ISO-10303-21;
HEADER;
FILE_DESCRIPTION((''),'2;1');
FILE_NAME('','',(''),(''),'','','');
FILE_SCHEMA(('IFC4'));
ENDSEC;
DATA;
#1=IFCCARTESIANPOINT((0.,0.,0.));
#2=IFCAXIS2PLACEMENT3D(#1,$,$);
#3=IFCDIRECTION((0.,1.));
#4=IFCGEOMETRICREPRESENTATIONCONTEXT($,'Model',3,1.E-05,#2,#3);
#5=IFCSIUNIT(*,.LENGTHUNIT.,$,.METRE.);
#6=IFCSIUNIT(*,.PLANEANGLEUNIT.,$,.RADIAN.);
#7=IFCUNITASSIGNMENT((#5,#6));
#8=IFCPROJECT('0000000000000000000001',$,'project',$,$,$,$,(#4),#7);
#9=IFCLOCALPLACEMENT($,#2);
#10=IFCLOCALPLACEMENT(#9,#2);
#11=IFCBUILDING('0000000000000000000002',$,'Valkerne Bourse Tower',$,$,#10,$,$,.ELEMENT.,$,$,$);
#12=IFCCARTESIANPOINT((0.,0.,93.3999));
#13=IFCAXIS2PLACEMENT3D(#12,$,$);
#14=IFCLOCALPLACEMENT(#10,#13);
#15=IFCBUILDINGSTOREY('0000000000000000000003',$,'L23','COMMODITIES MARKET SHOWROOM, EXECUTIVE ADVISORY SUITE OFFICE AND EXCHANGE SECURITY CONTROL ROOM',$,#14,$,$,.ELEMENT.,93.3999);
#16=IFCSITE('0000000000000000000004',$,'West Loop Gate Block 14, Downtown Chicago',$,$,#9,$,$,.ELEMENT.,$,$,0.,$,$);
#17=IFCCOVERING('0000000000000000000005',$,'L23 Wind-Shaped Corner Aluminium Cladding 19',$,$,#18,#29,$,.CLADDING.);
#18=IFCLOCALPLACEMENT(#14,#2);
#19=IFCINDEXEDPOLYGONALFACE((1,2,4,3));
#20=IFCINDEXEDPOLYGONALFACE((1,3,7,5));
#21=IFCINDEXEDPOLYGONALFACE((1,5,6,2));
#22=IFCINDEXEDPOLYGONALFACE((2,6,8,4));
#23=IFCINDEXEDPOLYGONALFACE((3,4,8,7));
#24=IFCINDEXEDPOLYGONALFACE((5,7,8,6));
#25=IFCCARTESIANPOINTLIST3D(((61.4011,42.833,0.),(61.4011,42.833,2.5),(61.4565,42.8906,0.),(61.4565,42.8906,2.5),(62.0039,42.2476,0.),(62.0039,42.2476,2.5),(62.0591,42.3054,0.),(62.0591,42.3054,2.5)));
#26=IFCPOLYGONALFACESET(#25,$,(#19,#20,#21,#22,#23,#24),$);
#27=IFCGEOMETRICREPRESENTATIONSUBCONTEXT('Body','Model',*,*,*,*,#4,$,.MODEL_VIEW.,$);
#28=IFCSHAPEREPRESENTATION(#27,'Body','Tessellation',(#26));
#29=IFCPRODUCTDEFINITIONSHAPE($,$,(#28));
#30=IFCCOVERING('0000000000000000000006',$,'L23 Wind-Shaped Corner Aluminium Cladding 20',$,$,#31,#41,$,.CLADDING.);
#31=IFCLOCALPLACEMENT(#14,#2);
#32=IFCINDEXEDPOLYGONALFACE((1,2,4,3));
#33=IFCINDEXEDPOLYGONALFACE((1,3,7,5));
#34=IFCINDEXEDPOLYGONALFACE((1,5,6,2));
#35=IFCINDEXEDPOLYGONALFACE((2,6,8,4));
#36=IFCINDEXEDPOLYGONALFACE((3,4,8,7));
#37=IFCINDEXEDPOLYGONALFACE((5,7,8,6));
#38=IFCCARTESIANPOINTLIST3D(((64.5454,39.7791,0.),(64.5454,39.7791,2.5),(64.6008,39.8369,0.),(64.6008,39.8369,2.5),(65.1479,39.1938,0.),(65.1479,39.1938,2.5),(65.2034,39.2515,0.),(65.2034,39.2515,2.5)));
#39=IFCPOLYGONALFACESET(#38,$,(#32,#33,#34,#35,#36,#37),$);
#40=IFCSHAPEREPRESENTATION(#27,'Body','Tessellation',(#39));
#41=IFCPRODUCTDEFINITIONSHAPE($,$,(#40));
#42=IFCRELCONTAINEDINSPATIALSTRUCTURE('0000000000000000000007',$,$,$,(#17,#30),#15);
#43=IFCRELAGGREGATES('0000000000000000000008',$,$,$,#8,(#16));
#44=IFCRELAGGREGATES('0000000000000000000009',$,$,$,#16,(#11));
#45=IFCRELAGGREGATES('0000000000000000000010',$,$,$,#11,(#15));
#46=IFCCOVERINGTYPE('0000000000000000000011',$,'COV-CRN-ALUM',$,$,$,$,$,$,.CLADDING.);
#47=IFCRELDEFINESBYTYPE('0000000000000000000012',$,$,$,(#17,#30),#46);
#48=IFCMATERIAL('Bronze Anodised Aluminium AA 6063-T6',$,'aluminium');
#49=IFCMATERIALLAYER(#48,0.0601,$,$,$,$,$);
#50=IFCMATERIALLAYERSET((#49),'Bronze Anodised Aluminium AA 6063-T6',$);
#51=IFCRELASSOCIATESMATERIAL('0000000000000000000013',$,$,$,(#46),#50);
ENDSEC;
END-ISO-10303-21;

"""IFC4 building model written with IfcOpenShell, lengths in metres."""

from ifc_helpers import new_model, si_unit, direction, frame, origin, place, context, subcontext, project, spatial, polyline, outline, extrude, material, layer, layer_set, type_object, element, save


model = new_model("IFC4")

# Units and contexts
model_context = context("Model", 3, precision=1e-05, world=origin(), true_north=direction((0.0, 1.0)))
body_context = subcontext(model_context, "Body", "Model", "MODEL_VIEW")
ifc_project = project(units=[si_unit("LENGTHUNIT", "METRE"), si_unit("PLANEANGLEUNIT", "RADIAN")], contexts=[model_context])

# Site, building, storey
site_placement = place(None, origin())
site = spatial("IfcSite", under=ifc_project, at=site_placement, Name="West Loop Gate Block 14, Downtown Chicago", CompositionType="ELEMENT", RefElevation=0.0)
building_placement = place(site_placement, origin())
building = spatial("IfcBuilding", under=site, at=building_placement, Name="Valkerne Bourse Tower", CompositionType="ELEMENT")
storey_placement = place(building_placement, frame((0.0, 0.0, 93.3999)))
storey = spatial("IfcBuildingStorey", under=building, at=storey_placement, Name="L23", Description="COMMODITIES MARKET SHOWROOM, EXECUTIVE ADVISORY SUITE OFFICE AND EXCHANGE SECURITY CONTROL ROOM", CompositionType="ELEMENT", Elevation=93.3999)

# Coverings
ifc_material_1 = material(Name="Bronze Anodised Aluminium AA 6063-T6", Category="aluminium")
ifc_layer_1 = layer(ifc_material_1, 0.0601)
ifc_layer_set_1 = layer_set([ifc_layer_1], Name="Bronze Anodised Aluminium AA 6063-T6")
covering_type = type_object("IfcCoveringType", Name="COV-CRN-ALUM", PredefinedType="CLADDING", material=ifc_layer_set_1)
covering_1_placement = place(storey_placement, origin())
element("IfcCovering", 1, at=covering_1_placement, inside=storey, type_object=covering_type, Name="L23 Wind-Shaped Corner Aluminium Cladding 19", PredefinedType="CLADDING", context=body_context, shape_type="SweptSolid", body=[
    extrude(outline(polyline([(62.0591, 42.3054), (62.0039, 42.2476), (61.4011, 42.833), (61.4565, 42.8906), (62.0591, 42.3054)])), origin(), (0.0, 0.0, 1.0), 2.5),
])
covering_2_placement = place(storey_placement, origin())
element("IfcCovering", 2, at=covering_2_placement, inside=storey, type_object=covering_type, Name="L23 Wind-Shaped Corner Aluminium Cladding 20", PredefinedType="CLADDING", context=body_context, shape_type="SweptSolid", body=[
    extrude(outline(polyline([(65.2034, 39.2515), (65.1479, 39.1938), (64.5454, 39.7791), (64.6008, 39.8369), (65.2034, 39.2515)])), origin(), (0.0, 0.0, 1.0), 2.5),
])

save(model, "model.ifc")
